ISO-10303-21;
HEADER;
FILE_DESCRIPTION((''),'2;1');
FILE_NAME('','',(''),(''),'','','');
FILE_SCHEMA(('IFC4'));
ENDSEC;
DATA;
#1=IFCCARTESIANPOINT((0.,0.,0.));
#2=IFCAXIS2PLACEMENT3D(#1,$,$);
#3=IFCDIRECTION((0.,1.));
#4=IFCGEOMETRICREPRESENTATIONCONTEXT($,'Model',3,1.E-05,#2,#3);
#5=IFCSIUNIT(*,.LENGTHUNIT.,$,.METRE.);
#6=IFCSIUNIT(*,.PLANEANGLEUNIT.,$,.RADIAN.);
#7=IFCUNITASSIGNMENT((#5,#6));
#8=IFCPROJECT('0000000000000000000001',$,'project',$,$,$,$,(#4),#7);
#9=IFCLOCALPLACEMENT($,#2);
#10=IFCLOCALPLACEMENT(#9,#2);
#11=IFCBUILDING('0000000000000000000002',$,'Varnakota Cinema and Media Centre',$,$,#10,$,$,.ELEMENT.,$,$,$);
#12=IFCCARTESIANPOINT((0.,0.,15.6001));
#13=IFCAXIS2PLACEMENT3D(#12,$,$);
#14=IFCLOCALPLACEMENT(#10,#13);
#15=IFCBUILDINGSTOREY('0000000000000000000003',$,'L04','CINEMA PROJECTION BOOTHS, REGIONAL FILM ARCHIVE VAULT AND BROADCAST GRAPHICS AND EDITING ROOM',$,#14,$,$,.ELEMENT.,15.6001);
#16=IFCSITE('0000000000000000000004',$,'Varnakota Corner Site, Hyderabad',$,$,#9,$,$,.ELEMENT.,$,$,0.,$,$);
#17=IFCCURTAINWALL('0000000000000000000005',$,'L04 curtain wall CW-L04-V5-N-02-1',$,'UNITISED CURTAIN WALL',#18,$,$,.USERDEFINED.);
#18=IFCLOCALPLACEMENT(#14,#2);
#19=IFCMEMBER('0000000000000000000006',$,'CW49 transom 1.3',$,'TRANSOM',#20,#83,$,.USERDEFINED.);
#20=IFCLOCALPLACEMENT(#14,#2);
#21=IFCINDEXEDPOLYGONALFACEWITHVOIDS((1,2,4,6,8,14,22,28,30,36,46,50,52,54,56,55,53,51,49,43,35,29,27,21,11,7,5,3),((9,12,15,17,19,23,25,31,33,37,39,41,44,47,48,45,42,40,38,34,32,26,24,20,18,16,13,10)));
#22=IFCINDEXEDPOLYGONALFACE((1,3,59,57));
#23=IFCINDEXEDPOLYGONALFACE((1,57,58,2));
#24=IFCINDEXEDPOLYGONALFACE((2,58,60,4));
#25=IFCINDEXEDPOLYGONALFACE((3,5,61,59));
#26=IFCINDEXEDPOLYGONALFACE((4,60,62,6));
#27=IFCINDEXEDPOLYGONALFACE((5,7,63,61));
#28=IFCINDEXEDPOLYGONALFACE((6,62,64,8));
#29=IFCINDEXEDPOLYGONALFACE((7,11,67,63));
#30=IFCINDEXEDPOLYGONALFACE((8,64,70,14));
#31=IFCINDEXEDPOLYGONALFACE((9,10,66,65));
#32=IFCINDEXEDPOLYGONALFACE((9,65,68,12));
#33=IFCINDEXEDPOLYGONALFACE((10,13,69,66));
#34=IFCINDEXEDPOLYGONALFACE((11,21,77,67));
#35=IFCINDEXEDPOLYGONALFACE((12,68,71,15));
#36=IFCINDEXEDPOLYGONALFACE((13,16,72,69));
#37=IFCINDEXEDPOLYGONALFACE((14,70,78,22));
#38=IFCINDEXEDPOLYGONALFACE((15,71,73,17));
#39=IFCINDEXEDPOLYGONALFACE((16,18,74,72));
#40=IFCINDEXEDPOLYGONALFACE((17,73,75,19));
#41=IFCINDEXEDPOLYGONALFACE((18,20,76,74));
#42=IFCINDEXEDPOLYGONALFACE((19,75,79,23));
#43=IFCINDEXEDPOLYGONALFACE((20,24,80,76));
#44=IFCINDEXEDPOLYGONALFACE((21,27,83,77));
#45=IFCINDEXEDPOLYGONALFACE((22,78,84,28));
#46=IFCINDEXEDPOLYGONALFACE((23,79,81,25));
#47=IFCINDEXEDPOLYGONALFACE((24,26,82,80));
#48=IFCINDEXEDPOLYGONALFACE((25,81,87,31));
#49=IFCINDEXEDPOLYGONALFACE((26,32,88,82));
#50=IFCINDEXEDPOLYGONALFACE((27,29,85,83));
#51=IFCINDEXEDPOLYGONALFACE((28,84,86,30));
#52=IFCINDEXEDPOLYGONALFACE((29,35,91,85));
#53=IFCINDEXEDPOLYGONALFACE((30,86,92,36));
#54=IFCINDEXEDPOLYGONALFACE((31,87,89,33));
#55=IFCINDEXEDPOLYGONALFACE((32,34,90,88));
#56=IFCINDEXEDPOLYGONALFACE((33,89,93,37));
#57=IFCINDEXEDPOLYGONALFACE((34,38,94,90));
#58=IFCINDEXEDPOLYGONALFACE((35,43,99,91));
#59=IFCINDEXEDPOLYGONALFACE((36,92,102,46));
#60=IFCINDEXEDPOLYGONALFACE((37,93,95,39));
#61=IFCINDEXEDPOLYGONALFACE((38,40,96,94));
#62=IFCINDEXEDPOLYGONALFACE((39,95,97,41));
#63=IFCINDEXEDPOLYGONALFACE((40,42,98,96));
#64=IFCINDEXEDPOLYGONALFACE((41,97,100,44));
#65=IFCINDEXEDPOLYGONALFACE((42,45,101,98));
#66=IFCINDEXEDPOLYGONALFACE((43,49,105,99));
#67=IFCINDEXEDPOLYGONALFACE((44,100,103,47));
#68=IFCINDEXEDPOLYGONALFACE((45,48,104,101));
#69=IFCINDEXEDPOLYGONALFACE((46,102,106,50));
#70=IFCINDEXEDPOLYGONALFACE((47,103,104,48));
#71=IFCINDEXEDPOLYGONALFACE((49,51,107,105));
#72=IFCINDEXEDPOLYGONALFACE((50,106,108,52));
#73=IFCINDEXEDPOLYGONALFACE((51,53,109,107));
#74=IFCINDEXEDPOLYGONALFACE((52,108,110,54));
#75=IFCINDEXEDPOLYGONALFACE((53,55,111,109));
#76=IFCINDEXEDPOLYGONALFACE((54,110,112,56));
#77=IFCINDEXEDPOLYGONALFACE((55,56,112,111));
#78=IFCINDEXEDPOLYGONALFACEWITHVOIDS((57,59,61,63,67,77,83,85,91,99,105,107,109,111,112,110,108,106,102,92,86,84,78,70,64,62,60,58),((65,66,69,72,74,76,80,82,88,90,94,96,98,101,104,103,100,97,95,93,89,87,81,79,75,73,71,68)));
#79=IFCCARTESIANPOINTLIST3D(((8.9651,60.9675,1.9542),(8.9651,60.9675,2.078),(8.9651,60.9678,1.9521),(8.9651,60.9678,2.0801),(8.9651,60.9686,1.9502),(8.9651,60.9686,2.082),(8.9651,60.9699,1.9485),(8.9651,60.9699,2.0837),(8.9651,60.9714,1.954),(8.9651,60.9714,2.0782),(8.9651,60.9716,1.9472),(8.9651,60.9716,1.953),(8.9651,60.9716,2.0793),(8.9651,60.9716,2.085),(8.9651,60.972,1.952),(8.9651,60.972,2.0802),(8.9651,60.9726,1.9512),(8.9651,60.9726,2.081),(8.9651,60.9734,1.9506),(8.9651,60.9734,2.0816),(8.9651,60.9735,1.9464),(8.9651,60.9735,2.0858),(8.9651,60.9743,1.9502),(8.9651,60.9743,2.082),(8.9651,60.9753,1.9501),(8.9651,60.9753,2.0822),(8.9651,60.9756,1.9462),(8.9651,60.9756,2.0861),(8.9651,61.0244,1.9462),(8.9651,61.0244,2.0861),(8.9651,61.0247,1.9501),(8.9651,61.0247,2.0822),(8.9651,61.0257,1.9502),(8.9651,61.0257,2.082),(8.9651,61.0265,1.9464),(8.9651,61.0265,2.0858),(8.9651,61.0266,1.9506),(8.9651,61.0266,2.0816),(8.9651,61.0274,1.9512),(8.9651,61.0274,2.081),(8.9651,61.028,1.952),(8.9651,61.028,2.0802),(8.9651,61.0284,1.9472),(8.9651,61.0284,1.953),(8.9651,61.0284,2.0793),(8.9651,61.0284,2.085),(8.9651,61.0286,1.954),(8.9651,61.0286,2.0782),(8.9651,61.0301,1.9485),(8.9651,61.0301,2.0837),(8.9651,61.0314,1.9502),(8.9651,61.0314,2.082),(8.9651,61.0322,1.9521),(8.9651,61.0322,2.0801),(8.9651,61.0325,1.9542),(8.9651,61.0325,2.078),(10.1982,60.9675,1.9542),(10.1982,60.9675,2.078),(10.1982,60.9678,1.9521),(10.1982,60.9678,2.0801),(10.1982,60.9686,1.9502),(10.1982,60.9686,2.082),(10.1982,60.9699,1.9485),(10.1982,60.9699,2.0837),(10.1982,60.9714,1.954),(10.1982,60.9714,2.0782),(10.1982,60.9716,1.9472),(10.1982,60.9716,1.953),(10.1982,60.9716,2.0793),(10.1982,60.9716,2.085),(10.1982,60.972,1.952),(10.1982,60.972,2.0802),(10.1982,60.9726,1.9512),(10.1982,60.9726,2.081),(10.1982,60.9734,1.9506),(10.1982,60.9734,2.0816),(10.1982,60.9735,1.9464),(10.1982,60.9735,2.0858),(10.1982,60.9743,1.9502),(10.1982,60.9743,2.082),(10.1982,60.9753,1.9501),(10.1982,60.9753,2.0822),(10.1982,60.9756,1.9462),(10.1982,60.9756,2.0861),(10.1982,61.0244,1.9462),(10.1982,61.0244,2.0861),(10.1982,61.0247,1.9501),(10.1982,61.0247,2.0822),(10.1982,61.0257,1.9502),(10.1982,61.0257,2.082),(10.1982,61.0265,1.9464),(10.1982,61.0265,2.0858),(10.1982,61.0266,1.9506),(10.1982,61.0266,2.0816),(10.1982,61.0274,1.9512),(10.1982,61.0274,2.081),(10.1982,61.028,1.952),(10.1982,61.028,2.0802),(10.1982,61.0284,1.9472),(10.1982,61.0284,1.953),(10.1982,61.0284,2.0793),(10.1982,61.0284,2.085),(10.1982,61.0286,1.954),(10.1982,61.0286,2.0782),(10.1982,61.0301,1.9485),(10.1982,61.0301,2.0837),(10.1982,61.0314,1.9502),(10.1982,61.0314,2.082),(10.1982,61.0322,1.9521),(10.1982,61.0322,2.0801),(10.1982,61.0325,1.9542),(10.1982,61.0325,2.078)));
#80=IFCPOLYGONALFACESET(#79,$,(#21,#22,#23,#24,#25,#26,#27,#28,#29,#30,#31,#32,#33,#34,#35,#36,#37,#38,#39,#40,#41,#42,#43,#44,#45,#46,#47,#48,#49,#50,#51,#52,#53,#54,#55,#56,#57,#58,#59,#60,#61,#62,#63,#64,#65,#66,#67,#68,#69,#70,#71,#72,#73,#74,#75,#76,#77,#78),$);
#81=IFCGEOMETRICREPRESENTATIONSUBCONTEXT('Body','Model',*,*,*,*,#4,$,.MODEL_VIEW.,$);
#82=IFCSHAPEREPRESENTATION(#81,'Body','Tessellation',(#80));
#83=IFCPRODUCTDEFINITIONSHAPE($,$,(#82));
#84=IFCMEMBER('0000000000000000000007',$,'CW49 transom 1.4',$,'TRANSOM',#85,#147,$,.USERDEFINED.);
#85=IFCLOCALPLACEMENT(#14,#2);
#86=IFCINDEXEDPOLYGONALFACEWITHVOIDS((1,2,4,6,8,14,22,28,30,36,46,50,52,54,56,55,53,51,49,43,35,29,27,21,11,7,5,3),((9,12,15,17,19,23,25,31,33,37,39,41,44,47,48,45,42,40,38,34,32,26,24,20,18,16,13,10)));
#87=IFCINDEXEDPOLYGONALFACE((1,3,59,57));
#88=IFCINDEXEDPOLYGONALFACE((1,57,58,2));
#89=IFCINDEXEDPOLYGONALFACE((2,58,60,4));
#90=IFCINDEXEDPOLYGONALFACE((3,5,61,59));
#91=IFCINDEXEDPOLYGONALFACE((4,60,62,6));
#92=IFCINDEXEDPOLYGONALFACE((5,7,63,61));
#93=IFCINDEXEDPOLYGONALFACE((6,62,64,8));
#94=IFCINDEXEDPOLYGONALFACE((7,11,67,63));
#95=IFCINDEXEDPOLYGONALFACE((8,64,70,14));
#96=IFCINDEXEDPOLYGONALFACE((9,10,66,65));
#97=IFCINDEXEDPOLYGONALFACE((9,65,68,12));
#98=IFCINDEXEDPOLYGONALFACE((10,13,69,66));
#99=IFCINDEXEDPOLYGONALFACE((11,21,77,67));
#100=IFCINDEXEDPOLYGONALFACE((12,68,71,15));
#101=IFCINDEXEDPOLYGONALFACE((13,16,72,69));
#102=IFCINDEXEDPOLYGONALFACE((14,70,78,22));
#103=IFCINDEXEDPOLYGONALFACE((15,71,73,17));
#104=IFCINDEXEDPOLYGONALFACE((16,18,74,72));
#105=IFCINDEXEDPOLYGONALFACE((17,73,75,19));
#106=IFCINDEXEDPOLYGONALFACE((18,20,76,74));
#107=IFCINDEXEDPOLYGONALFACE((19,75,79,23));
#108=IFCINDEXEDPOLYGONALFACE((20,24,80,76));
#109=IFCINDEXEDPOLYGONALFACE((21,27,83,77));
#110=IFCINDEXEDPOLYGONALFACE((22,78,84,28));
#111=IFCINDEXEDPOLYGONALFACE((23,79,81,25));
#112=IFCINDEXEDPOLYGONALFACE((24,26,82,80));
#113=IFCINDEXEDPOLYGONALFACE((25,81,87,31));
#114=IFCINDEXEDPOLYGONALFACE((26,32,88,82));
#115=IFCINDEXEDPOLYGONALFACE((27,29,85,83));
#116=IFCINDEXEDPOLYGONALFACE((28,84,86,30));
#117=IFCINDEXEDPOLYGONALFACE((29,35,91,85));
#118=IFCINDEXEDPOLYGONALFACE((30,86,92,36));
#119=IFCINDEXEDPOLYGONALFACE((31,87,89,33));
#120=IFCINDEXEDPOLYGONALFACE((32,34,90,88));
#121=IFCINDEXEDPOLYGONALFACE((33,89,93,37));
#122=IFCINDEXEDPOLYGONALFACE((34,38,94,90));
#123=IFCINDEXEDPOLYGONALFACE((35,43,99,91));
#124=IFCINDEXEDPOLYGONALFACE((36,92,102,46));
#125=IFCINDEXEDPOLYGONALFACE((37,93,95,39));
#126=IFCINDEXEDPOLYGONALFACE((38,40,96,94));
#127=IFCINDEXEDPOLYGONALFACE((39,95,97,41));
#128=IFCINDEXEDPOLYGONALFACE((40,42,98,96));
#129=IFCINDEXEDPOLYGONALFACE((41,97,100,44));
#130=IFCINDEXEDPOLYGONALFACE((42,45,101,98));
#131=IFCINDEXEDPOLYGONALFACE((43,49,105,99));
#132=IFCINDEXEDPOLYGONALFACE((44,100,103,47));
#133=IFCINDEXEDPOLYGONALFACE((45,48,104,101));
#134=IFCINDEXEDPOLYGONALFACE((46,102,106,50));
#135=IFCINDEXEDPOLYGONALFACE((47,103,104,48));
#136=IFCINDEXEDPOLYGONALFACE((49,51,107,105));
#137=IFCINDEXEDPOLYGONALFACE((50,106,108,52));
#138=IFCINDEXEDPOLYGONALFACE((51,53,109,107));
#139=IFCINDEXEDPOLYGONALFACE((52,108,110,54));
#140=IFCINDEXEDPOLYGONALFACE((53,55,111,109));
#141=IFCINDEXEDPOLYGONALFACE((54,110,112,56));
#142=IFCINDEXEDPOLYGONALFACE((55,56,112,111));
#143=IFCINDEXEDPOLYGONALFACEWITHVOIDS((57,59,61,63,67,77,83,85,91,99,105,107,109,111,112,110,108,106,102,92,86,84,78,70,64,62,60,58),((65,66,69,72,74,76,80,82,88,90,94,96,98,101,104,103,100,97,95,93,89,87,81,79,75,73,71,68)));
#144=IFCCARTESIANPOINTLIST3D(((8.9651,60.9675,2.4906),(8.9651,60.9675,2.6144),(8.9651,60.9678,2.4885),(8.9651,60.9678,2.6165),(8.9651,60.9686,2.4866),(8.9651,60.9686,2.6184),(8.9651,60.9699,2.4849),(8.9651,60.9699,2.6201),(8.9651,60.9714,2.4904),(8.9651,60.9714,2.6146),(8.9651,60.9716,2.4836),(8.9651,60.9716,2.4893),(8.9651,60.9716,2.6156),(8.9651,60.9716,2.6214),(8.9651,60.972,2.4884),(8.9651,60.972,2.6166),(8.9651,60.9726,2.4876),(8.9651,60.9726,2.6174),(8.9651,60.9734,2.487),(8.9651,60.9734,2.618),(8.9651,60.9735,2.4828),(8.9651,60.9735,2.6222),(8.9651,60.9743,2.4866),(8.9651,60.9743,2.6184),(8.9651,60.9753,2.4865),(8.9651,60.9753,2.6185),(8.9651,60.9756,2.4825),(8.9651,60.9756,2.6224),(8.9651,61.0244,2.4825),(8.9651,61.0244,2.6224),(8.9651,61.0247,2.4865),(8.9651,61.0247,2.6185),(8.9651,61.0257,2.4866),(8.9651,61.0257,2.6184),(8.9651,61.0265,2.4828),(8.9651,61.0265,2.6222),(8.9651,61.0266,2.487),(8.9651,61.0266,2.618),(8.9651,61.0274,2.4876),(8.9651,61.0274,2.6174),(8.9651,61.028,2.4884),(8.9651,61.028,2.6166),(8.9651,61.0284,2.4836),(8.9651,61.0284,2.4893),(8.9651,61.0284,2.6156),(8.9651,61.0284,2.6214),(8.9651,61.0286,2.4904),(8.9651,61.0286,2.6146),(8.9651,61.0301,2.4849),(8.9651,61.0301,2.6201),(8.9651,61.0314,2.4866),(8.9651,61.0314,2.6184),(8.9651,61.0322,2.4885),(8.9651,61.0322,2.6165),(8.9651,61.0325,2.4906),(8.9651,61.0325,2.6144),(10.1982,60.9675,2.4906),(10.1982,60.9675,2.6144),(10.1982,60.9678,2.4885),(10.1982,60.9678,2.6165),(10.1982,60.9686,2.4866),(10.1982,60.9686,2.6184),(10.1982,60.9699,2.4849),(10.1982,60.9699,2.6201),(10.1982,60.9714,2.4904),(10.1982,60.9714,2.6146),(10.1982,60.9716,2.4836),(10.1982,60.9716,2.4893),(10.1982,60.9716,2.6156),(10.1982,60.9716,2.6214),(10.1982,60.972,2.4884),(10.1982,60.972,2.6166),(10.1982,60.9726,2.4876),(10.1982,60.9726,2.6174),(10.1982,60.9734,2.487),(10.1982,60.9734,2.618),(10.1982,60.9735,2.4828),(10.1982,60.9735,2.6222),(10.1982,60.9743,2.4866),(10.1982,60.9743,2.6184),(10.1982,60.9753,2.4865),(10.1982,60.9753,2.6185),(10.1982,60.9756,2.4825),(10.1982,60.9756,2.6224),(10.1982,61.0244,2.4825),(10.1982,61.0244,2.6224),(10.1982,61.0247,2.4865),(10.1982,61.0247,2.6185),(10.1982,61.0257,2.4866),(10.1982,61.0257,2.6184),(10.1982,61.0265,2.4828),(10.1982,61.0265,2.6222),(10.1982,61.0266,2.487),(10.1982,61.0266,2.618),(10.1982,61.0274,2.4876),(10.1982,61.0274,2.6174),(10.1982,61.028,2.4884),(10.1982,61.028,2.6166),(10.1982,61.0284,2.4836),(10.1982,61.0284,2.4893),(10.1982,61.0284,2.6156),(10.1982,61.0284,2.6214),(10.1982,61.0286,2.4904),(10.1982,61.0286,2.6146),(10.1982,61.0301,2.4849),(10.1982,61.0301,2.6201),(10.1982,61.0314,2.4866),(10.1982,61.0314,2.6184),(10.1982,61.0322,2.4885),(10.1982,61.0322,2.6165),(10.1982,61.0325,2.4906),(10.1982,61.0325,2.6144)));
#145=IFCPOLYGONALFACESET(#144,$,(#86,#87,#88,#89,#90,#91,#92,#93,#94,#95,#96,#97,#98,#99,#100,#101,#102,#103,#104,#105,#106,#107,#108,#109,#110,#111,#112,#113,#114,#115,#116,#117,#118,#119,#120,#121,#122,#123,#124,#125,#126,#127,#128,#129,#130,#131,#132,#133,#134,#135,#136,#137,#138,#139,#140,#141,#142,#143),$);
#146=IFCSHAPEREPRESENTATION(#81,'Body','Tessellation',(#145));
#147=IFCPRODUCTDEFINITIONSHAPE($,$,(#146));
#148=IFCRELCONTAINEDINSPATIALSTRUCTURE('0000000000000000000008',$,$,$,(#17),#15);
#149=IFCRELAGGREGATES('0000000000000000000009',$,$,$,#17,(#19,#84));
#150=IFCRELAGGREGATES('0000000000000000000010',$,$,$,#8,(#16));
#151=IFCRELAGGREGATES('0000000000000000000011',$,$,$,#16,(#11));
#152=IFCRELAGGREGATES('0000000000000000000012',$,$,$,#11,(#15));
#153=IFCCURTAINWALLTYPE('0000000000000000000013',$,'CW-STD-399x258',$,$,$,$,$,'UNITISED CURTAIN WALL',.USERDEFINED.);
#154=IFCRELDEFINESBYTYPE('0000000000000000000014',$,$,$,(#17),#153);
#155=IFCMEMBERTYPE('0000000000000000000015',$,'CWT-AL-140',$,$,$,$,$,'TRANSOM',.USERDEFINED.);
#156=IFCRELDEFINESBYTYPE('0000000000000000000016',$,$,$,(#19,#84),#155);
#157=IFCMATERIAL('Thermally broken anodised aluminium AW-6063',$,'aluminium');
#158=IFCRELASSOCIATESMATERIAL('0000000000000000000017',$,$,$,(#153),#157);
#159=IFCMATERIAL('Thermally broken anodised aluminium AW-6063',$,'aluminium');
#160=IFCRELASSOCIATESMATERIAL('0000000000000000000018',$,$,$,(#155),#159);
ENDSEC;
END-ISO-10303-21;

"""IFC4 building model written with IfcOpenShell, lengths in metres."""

from ifc_helpers import new_model, si_unit, direction, frame, origin, origin_2d, place, context, subcontext, project, spatial, hollow_rectangle, extrude, material, material_profile, profile_set, type_object, element, aggregate, save


model = new_model("IFC4")

# Units and contexts
model_context = context("Model", 3, precision=1e-05, world=origin(), true_north=direction((0.0, 1.0)))
body_context = subcontext(model_context, "Body", "Model", "MODEL_VIEW")
ifc_project = project(units=[si_unit("LENGTHUNIT", "METRE"), si_unit("PLANEANGLEUNIT", "RADIAN")], contexts=[model_context])

# Site, building, storey
site_placement = place(None, origin())
site = spatial("IfcSite", under=ifc_project, at=site_placement, Name="Varnakota Corner Site, Hyderabad", CompositionType="ELEMENT", RefElevation=0.0)
building_placement = place(site_placement, origin())
building = spatial("IfcBuilding", under=site, at=building_placement, Name="Varnakota Cinema and Media Centre", CompositionType="ELEMENT")
storey_placement = place(building_placement, frame((0.0, 0.0, 15.6001)))
storey = spatial("IfcBuildingStorey", under=building, at=storey_placement, Name="L04", Description="CINEMA PROJECTION BOOTHS, REGIONAL FILM ARCHIVE VAULT AND BROADCAST GRAPHICS AND EDITING ROOM", CompositionType="ELEMENT", Elevation=15.6001)

# Curtain wall, members
ifc_material_1 = material(Name="Thermally broken anodised aluminium AW-6063", Category="aluminium")
curtain_wall_type = type_object("IfcCurtainWallType", Name="CW-STD-399x258", ElementType="UNITISED CURTAIN WALL", PredefinedType="USERDEFINED", material=ifc_material_1)
curtain_wall_placement = place(storey_placement, origin())
curtain_wall = element("IfcCurtainWall", 1, at=curtain_wall_placement, inside=storey, type_object=curtain_wall_type, Name="L04 curtain wall CW-L04-V5-N-02-1", ObjectType="UNITISED CURTAIN WALL", PredefinedType="USERDEFINED")
ifc_material_2 = material(Name="Thermally broken anodised aluminium AW-6063", Category="aluminium")
ifc_material_profile_1 = material_profile(ifc_material_2, hollow_rectangle(XDim=0.0649, YDim=0.1399, WallThickness=0.0039, InnerFilletRadius=0.0039, OuterFilletRadius=0.0081, at=origin_2d()), Name="AL-TRANSOM 140x65x4")
ifc_profile_set_1 = profile_set([ifc_material_profile_1], Name="Thermally broken anodised aluminium AW-6063")
member_type_1 = type_object("IfcMemberType", Name="CWT-AL-140", ElementType="TRANSOM", PredefinedType="USERDEFINED", material=ifc_profile_set_1)
member_1_placement = place(storey_placement, frame((8.9651, 61.0, 2.0161), z_axis=(1.0, 0.0, 0.0), x_axis=(0.0, 1.0, 0.0)))
member_1 = element("IfcMember", 2, at=member_1_placement, type_object=member_type_1, Name="CW49 transom 1.3", ObjectType="TRANSOM", PredefinedType="USERDEFINED", context=body_context, shape_type="SweptSolid", body=[
    extrude(hollow_rectangle(XDim=0.0649, YDim=0.1399, WallThickness=0.0039, InnerFilletRadius=0.0039, OuterFilletRadius=0.0081, at=origin_2d()), origin(), (0.0, 0.0, 1.0), 1.2332),
])
member_2_placement = place(storey_placement, frame((8.9651, 61.0, 2.5525), z_axis=(1.0, 0.0, 0.0), x_axis=(0.0, 1.0, 0.0)))
member_2 = element("IfcMember", 3, at=member_2_placement, type_object=member_type_1, Name="CW49 transom 1.4", ObjectType="TRANSOM", PredefinedType="USERDEFINED", context=body_context, shape_type="SweptSolid", body=[
    extrude(hollow_rectangle(XDim=0.0649, YDim=0.1399, WallThickness=0.0039, InnerFilletRadius=0.0039, OuterFilletRadius=0.0081, at=origin_2d()), origin(), (0.0, 0.0, 1.0), 1.2332),
])
aggregate(curtain_wall, [member_1, member_2])

save(model, "model.ifc")
